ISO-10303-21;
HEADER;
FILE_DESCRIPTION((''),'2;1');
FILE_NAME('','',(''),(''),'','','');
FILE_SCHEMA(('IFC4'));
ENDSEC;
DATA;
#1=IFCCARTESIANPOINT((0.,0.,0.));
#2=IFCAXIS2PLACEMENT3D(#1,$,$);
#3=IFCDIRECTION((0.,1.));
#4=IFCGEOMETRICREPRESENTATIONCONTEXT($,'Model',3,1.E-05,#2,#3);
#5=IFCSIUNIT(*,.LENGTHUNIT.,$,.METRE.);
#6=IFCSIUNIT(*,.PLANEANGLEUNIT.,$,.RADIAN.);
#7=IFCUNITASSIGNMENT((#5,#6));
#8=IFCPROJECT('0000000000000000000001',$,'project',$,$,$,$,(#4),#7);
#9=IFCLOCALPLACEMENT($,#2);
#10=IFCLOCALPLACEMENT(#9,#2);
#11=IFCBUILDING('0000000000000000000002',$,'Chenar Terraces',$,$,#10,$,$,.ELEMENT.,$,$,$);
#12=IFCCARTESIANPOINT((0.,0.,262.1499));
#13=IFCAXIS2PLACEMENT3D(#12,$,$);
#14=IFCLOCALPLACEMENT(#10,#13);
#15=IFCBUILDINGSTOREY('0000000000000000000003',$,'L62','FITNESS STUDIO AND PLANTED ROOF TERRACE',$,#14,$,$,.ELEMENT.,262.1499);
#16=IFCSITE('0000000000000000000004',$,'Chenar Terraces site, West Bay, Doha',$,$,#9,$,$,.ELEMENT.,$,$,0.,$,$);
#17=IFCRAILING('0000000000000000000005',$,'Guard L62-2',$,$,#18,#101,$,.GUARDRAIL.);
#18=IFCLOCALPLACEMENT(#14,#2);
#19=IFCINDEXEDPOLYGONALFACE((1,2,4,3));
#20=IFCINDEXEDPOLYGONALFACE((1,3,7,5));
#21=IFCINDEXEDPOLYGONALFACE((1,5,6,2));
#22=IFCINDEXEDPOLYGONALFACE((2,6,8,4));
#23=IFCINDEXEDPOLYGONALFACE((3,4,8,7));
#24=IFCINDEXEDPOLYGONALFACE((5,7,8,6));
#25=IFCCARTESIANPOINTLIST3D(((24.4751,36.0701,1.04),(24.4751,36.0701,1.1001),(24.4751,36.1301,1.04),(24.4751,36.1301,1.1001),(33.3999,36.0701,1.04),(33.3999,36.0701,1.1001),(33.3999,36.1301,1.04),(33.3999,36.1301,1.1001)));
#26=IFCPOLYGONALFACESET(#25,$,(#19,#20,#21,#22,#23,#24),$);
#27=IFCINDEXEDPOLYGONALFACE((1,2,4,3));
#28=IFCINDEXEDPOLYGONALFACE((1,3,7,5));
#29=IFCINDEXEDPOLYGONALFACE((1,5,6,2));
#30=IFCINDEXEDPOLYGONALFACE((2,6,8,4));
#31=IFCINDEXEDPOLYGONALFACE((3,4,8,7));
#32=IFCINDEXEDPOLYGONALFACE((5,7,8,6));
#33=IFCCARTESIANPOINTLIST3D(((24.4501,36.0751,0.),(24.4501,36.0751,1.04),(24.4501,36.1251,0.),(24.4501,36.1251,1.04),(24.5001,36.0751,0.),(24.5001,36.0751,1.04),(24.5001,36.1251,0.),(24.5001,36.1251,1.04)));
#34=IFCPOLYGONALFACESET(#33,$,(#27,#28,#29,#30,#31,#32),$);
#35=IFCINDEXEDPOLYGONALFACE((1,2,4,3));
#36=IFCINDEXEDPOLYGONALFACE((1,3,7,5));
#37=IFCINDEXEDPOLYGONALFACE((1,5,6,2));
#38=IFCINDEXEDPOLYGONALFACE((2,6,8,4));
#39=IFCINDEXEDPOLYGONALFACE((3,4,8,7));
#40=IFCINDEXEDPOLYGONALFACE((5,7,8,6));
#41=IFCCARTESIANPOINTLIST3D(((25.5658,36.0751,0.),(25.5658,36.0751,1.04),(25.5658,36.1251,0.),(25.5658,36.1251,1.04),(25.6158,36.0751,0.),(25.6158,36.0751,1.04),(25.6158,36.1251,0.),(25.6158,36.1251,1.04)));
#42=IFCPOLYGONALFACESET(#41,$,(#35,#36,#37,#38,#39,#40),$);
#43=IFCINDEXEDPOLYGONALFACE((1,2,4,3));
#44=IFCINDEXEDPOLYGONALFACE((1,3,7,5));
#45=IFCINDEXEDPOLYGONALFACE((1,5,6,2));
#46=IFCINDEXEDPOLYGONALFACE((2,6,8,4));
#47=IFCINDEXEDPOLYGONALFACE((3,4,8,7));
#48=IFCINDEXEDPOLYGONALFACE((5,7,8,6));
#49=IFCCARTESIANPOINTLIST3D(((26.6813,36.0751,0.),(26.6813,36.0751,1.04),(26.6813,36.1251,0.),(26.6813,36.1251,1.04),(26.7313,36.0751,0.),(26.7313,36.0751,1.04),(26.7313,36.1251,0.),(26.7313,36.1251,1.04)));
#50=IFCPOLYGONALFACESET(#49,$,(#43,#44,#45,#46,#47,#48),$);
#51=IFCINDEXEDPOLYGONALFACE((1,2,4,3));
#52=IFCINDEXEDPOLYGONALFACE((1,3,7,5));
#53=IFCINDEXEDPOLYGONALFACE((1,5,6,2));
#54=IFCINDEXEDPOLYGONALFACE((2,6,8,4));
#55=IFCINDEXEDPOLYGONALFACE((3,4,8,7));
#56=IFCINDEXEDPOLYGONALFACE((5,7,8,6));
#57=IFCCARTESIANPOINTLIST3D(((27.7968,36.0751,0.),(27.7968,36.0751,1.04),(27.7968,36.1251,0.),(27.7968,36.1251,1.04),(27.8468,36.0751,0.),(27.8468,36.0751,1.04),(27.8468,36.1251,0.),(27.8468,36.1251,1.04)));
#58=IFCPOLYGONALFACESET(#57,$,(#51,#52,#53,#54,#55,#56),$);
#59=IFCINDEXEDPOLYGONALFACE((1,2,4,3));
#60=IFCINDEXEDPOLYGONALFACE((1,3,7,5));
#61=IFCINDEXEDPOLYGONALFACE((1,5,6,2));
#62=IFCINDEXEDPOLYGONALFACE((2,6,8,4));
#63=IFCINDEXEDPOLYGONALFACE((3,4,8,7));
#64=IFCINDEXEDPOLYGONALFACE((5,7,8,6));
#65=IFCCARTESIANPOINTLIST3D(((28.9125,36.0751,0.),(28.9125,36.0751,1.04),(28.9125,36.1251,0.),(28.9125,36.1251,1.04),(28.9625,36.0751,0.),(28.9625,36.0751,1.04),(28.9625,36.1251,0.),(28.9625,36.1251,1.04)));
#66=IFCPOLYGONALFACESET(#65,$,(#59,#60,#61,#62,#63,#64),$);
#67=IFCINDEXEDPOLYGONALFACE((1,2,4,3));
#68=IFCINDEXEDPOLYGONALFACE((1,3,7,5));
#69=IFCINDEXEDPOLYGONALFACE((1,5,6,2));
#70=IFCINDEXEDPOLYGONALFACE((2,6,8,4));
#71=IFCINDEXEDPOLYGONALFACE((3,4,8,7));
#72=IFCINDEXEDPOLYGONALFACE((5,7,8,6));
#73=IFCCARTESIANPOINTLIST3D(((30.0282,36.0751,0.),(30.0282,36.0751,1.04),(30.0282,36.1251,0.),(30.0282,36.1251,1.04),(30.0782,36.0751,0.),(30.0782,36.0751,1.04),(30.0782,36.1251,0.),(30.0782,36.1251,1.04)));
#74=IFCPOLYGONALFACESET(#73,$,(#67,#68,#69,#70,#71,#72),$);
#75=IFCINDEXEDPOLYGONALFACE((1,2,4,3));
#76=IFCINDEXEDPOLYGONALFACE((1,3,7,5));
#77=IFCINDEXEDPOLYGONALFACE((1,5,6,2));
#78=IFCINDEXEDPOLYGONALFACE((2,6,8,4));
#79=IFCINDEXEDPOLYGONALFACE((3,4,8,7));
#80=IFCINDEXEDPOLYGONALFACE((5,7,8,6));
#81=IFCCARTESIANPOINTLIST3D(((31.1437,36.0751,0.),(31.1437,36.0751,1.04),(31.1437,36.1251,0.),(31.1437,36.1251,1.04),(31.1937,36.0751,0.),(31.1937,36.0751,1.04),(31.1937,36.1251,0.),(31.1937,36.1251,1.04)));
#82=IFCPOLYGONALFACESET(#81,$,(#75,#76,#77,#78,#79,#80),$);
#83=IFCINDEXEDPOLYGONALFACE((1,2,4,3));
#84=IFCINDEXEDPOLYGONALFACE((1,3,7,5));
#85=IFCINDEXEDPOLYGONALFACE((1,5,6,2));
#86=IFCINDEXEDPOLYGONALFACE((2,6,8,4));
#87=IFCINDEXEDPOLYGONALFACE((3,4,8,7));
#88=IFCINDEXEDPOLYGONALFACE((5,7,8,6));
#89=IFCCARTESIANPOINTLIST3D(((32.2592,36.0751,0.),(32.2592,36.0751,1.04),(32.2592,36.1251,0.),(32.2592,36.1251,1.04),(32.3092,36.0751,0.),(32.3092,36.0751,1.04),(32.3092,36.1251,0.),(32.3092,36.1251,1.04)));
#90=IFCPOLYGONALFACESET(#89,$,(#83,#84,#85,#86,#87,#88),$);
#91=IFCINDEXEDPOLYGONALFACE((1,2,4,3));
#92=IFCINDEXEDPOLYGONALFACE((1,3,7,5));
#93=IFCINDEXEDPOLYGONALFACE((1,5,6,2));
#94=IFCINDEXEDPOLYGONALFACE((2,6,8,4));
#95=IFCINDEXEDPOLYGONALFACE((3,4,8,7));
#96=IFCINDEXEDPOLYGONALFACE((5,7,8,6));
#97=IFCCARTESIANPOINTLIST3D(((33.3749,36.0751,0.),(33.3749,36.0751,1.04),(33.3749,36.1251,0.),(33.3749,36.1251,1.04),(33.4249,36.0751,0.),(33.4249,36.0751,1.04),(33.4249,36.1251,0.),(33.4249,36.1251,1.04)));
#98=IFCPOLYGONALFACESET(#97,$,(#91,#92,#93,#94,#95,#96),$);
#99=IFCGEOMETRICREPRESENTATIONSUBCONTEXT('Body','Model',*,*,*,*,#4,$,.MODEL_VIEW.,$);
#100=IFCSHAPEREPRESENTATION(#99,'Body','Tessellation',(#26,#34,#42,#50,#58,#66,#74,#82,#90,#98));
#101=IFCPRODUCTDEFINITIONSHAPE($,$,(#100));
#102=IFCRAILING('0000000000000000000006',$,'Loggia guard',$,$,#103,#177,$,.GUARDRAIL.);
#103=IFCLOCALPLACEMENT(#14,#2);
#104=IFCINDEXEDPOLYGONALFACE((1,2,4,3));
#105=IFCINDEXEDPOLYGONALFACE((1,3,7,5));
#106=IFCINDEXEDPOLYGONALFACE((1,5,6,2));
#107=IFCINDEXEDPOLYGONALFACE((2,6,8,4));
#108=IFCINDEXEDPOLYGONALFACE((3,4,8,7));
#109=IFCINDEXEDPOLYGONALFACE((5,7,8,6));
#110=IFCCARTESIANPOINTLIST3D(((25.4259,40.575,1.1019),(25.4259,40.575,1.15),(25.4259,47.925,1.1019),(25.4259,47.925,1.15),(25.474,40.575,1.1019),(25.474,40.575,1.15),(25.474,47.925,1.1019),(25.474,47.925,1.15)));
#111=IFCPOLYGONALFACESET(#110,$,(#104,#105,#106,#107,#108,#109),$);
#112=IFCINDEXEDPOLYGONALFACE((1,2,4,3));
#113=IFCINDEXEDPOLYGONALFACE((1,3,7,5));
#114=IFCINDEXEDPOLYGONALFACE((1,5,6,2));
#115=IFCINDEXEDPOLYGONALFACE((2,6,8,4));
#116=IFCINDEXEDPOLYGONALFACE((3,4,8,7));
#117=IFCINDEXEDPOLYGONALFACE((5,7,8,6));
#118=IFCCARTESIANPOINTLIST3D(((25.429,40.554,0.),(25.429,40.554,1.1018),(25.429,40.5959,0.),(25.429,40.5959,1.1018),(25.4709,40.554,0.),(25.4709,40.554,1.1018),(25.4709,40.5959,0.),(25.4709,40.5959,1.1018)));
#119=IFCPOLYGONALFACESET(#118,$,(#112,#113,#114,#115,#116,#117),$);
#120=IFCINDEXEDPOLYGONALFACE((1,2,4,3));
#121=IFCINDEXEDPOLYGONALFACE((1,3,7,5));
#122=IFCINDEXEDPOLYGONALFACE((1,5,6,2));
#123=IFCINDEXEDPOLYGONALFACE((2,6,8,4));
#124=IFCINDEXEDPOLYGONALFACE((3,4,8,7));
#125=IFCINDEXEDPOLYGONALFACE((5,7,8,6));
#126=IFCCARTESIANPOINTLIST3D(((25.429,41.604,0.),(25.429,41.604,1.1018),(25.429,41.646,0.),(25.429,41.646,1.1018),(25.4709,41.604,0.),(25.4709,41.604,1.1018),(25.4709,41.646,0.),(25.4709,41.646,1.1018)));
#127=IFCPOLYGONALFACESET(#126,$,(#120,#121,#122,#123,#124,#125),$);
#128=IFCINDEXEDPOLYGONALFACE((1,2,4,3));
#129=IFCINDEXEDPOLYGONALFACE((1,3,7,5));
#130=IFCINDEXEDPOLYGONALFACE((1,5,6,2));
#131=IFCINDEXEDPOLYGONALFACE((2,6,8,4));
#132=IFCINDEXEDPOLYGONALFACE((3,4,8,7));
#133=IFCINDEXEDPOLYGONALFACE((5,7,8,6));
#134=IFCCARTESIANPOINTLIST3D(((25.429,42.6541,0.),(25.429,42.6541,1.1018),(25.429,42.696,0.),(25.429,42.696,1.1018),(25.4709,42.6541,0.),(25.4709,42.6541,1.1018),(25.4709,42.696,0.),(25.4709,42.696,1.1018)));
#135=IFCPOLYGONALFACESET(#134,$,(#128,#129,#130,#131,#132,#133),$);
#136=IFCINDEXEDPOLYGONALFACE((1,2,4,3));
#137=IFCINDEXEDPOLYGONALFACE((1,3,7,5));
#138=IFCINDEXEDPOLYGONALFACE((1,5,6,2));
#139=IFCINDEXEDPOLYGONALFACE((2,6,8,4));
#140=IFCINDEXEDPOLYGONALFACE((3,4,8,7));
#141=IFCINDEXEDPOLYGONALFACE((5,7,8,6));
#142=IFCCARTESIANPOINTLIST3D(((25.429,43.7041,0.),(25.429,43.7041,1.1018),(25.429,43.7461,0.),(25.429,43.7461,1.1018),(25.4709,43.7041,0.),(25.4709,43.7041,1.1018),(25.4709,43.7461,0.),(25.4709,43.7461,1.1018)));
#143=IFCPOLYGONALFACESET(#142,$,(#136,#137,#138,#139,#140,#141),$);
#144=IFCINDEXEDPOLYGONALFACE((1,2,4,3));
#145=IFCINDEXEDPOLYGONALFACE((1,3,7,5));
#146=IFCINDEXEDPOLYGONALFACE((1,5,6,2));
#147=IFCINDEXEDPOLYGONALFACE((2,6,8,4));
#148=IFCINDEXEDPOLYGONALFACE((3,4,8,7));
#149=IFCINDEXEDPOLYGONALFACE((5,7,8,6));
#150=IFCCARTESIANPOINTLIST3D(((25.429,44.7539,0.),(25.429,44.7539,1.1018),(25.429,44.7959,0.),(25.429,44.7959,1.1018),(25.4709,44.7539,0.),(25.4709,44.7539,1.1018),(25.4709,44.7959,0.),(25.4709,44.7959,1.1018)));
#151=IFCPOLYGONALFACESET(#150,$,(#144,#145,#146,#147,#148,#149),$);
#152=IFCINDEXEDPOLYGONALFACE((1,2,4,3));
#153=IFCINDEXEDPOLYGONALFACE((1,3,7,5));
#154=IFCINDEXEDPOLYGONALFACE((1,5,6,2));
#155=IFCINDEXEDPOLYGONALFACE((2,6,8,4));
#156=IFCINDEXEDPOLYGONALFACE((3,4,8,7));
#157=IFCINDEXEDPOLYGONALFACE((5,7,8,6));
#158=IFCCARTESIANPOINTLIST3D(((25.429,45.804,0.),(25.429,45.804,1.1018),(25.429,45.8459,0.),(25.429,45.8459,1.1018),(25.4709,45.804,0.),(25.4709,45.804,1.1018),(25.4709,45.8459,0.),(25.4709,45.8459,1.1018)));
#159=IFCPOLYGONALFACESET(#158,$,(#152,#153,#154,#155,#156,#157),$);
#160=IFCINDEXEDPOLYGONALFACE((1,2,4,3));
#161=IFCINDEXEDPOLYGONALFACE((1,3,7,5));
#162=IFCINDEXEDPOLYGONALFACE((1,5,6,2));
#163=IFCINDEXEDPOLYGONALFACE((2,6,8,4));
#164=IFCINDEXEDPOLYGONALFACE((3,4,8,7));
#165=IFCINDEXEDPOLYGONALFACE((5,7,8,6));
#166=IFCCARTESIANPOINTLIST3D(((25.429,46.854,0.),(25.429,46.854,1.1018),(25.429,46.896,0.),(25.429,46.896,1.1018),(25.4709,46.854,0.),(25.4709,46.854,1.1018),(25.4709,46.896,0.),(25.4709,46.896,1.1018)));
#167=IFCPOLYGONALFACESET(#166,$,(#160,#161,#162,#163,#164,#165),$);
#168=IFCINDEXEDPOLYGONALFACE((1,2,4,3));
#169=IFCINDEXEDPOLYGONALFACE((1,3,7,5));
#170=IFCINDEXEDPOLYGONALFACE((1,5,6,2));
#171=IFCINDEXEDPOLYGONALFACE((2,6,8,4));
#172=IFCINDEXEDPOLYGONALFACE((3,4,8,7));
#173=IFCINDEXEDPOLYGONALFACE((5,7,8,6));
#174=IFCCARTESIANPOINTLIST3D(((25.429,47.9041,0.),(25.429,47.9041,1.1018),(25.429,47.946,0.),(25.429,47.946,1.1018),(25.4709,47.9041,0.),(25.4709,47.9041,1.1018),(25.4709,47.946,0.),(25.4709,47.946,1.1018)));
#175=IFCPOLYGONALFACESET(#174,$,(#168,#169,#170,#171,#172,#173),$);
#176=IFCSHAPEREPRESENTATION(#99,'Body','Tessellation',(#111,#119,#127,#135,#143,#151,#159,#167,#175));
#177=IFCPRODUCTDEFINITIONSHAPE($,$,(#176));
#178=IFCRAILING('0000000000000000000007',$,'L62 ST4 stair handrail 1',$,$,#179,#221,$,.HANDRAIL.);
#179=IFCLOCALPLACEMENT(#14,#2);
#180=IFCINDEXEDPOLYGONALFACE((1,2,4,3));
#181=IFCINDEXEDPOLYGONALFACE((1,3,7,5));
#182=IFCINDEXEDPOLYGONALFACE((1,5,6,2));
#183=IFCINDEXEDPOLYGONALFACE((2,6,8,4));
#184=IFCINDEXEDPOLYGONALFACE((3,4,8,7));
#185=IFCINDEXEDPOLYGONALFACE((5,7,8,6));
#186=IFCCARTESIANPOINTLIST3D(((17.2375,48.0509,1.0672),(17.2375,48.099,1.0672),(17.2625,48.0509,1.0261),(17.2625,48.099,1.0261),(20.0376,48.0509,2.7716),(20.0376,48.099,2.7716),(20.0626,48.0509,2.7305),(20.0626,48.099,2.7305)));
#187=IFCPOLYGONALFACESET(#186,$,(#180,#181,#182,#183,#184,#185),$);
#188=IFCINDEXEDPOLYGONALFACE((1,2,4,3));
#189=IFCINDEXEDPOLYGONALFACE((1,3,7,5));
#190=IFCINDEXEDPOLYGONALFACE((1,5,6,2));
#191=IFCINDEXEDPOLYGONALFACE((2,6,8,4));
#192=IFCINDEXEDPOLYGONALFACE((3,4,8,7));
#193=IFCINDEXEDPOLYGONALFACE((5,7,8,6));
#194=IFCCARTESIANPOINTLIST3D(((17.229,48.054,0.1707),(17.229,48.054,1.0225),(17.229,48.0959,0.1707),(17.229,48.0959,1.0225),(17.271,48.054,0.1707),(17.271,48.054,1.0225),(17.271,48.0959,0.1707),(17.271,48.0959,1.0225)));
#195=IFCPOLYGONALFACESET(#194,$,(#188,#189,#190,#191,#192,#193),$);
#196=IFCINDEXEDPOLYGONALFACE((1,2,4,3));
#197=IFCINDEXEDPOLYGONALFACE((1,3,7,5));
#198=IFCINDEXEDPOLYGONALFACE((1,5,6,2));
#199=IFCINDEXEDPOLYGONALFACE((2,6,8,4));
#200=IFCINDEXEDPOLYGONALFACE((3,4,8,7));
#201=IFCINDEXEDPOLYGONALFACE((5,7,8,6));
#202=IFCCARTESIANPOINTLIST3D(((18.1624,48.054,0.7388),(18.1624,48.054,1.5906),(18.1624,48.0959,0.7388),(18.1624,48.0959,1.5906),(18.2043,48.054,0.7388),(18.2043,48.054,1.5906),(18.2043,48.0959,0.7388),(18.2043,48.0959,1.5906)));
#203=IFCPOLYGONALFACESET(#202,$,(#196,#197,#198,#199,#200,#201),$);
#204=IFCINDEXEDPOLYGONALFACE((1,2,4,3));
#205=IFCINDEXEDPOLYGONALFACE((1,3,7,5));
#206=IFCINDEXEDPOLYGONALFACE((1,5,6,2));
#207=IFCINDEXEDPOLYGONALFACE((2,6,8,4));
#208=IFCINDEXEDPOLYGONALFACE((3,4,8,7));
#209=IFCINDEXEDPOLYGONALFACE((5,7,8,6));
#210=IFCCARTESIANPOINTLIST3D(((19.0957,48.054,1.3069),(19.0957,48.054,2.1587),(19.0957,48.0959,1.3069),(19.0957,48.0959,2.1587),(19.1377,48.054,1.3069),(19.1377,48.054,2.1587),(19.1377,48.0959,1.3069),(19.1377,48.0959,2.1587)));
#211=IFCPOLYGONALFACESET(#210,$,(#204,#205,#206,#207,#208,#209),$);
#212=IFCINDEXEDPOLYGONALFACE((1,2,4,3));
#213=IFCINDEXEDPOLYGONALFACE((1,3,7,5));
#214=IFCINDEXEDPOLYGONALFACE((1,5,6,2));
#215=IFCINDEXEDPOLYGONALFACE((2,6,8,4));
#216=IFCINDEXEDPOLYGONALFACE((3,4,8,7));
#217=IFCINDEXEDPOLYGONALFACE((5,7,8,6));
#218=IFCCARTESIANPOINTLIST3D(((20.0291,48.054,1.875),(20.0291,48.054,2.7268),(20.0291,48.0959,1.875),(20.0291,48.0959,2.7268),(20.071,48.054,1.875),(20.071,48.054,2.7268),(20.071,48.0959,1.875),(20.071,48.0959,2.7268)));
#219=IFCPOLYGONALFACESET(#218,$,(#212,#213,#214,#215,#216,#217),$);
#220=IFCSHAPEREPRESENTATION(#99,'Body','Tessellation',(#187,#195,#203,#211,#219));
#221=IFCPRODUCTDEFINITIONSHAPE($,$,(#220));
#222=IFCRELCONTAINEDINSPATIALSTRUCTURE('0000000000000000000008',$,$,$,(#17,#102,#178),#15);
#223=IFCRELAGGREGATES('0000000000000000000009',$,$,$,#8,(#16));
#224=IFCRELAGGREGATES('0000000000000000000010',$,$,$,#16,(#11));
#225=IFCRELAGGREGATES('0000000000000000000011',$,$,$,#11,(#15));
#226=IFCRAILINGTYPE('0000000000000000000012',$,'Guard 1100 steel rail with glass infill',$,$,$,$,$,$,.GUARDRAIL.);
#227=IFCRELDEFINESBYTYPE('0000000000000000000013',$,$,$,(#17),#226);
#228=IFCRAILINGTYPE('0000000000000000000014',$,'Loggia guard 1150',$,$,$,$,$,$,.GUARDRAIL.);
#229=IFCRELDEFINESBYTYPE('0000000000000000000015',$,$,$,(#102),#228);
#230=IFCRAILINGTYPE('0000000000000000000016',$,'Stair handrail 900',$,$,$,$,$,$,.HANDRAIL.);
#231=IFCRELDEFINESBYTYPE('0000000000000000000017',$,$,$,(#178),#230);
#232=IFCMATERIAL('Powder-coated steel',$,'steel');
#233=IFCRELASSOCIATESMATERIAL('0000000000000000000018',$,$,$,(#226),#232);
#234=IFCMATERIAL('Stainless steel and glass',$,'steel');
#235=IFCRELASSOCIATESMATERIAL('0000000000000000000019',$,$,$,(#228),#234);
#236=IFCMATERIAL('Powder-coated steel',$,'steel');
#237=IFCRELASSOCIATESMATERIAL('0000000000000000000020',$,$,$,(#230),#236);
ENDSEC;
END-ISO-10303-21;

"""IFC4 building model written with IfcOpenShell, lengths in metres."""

from ifc_helpers import new_model, si_unit, direction, frame, origin, origin_2d, place, context, subcontext, project, spatial, rectangle, extrude, material, type_object, element, save


model = new_model("IFC4")

# Units and contexts
model_context = context("Model", 3, precision=1e-05, world=origin(), true_north=direction((0.0, 1.0)))
body_context = subcontext(model_context, "Body", "Model", "MODEL_VIEW")
ifc_project = project(units=[si_unit("LENGTHUNIT", "METRE"), si_unit("PLANEANGLEUNIT", "RADIAN")], contexts=[model_context])

# Site, building, storey
site_placement = place(None, origin())
site = spatial("IfcSite", under=ifc_project, at=site_placement, Name="Chenar Terraces site, West Bay, Doha", CompositionType="ELEMENT", RefElevation=0.0)
building_placement = place(site_placement, origin())
building = spatial("IfcBuilding", under=site, at=building_placement, Name="Chenar Terraces", CompositionType="ELEMENT")
storey_placement = place(building_placement, frame((0.0, 0.0, 262.1499)))
storey = spatial("IfcBuildingStorey", under=building, at=storey_placement, Name="L62", Description="FITNESS STUDIO AND PLANTED ROOF TERRACE", CompositionType="ELEMENT", Elevation=262.1499)

# Railings
ifc_material_1 = material(Name="Powder-coated steel", Category="steel")
railing_type_1 = type_object("IfcRailingType", Name="Guard 1100 steel rail with glass infill", PredefinedType="GUARDRAIL", material=ifc_material_1)
railing_1_placement = place(storey_placement, frame((24.4751, 36.1001, 0.0)))
element("IfcRailing", 1, at=railing_1_placement, inside=storey, type_object=railing_type_1, Name="Guard L62-2", PredefinedType="GUARDRAIL", context=body_context, shape_type="SweptSolid", body=[
    extrude(rectangle(XDim=0.0601, YDim=0.0601, at=origin_2d()), frame((0.0, 0.0, 1.0701), z_axis=(1.0, 0.0, 0.0), x_axis=(0.0, 1.0, 0.0)), (0.0, 0.0, 1.0), 8.9248),
    extrude(rectangle(XDim=0.05, YDim=0.05, at=origin_2d()), origin(), (0.0, 0.0, 1.0), 1.04),
    extrude(rectangle(XDim=0.05, YDim=0.05, at=origin_2d()), frame((1.1157, 0.0, 0.0)), (0.0, 0.0, 1.0), 1.04),
    extrude(rectangle(XDim=0.05, YDim=0.05, at=origin_2d()), frame((2.2312, 0.0, 0.0)), (0.0, 0.0, 1.0), 1.04),
    extrude(rectangle(XDim=0.05, YDim=0.05, at=origin_2d()), frame((3.3467, 0.0, 0.0)), (0.0, 0.0, 1.0), 1.04),
    extrude(rectangle(XDim=0.05, YDim=0.05, at=origin_2d()), frame((4.4624, 0.0, 0.0)), (0.0, 0.0, 1.0), 1.04),
    extrude(rectangle(XDim=0.05, YDim=0.05, at=origin_2d()), frame((5.5781, 0.0, 0.0)), (0.0, 0.0, 1.0), 1.04),
    extrude(rectangle(XDim=0.05, YDim=0.05, at=origin_2d()), frame((6.6936, 0.0, 0.0)), (0.0, 0.0, 1.0), 1.04),
    extrude(rectangle(XDim=0.05, YDim=0.05, at=origin_2d()), frame((7.8091, 0.0, 0.0)), (0.0, 0.0, 1.0), 1.04),
    extrude(rectangle(XDim=0.05, YDim=0.05, at=origin_2d()), frame((8.9248, 0.0, 0.0)), (0.0, 0.0, 1.0), 1.04),
])
ifc_material_2 = material(Name="Stainless steel and glass", Category="steel")
railing_type_2 = type_object("IfcRailingType", Name="Loggia guard 1150", PredefinedType="GUARDRAIL", material=ifc_material_2)
railing_2_placement = place(storey_placement, frame((25.45, 40.575, 0.0)))
element("IfcRailing", 2, at=railing_2_placement, inside=storey, type_object=railing_type_2, Name="Loggia guard", PredefinedType="GUARDRAIL", context=body_context, shape_type="SweptSolid", body=[
    extrude(rectangle(XDim=0.0481, YDim=0.0481, at=origin_2d()), frame((0.0, 0.0, 1.126), z_axis=(0.0, 1.0, 0.0), x_axis=(-1.0, 0.0, 0.0)), (0.0, 0.0, 1.0), 7.3501),
    extrude(rectangle(XDim=0.042, YDim=0.042, at=origin_2d()), origin(), (0.0, 0.0, 1.0), 1.1018),
    extrude(rectangle(XDim=0.042, YDim=0.042, at=origin_2d()), frame((0.0, 1.05, 0.0)), (0.0, 0.0, 1.0), 1.1018),
    extrude(rectangle(XDim=0.042, YDim=0.042, at=origin_2d()), frame((0.0, 2.1001, 0.0)), (0.0, 0.0, 1.0), 1.1018),
    extrude(rectangle(XDim=0.042, YDim=0.042, at=origin_2d()), frame((0.0, 3.1501, 0.0)), (0.0, 0.0, 1.0), 1.1018),
    extrude(rectangle(XDim=0.042, YDim=0.042, at=origin_2d()), frame((0.0, 4.2, 0.0)), (0.0, 0.0, 1.0), 1.1018),
    extrude(rectangle(XDim=0.042, YDim=0.042, at=origin_2d()), frame((0.0, 5.25, 0.0)), (0.0, 0.0, 1.0), 1.1018),
    extrude(rectangle(XDim=0.042, YDim=0.042, at=origin_2d()), frame((0.0, 6.3, 0.0)), (0.0, 0.0, 1.0), 1.1018),
    extrude(rectangle(XDim=0.042, YDim=0.042, at=origin_2d()), frame((0.0, 7.3501, 0.0)), (0.0, 0.0, 1.0), 1.1018),
])
ifc_material_3 = material(Name="Powder-coated steel", Category="steel")
railing_type_3 = type_object("IfcRailingType", Name="Stair handrail 900", PredefinedType="HANDRAIL", material=ifc_material_3)
for number, where, name in (
    (3, (17.25, 48.075, 0.1707), "L62 ST4 stair handrail 1"),
):
    element("IfcRailing", number, at=place(storey_placement, frame(where)), inside=storey, type_object=railing_type_3, Name=name, PredefinedType="HANDRAIL", context=body_context, shape_type="SweptSolid", body=[
        extrude(rectangle(XDim=0.0481, YDim=0.0481, at=origin_2d()), frame((0.0, 0.0, 0.876), z_axis=(0.854203, 0.0, 0.51994), x_axis=(0.0, 1.0, 0.0)), (0.0, 0.0, 1.0), 3.2781),
        extrude(rectangle(XDim=0.042, YDim=0.042, at=origin_2d()), origin(), (0.0, 0.0, 1.0), 0.8518),
        extrude(rectangle(XDim=0.042, YDim=0.042, at=origin_2d()), frame((0.9333, 0.0, 0.5681)), (0.0, 0.0, 1.0), 0.8518),
        extrude(rectangle(XDim=0.042, YDim=0.042, at=origin_2d()), frame((1.8667, 0.0, 1.1362)), (0.0, 0.0, 1.0), 0.8518),
        extrude(rectangle(XDim=0.042, YDim=0.042, at=origin_2d()), frame((2.8, 0.0, 1.7043)), (0.0, 0.0, 1.0), 0.8518),
    ])

save(model, "model.ifc")
